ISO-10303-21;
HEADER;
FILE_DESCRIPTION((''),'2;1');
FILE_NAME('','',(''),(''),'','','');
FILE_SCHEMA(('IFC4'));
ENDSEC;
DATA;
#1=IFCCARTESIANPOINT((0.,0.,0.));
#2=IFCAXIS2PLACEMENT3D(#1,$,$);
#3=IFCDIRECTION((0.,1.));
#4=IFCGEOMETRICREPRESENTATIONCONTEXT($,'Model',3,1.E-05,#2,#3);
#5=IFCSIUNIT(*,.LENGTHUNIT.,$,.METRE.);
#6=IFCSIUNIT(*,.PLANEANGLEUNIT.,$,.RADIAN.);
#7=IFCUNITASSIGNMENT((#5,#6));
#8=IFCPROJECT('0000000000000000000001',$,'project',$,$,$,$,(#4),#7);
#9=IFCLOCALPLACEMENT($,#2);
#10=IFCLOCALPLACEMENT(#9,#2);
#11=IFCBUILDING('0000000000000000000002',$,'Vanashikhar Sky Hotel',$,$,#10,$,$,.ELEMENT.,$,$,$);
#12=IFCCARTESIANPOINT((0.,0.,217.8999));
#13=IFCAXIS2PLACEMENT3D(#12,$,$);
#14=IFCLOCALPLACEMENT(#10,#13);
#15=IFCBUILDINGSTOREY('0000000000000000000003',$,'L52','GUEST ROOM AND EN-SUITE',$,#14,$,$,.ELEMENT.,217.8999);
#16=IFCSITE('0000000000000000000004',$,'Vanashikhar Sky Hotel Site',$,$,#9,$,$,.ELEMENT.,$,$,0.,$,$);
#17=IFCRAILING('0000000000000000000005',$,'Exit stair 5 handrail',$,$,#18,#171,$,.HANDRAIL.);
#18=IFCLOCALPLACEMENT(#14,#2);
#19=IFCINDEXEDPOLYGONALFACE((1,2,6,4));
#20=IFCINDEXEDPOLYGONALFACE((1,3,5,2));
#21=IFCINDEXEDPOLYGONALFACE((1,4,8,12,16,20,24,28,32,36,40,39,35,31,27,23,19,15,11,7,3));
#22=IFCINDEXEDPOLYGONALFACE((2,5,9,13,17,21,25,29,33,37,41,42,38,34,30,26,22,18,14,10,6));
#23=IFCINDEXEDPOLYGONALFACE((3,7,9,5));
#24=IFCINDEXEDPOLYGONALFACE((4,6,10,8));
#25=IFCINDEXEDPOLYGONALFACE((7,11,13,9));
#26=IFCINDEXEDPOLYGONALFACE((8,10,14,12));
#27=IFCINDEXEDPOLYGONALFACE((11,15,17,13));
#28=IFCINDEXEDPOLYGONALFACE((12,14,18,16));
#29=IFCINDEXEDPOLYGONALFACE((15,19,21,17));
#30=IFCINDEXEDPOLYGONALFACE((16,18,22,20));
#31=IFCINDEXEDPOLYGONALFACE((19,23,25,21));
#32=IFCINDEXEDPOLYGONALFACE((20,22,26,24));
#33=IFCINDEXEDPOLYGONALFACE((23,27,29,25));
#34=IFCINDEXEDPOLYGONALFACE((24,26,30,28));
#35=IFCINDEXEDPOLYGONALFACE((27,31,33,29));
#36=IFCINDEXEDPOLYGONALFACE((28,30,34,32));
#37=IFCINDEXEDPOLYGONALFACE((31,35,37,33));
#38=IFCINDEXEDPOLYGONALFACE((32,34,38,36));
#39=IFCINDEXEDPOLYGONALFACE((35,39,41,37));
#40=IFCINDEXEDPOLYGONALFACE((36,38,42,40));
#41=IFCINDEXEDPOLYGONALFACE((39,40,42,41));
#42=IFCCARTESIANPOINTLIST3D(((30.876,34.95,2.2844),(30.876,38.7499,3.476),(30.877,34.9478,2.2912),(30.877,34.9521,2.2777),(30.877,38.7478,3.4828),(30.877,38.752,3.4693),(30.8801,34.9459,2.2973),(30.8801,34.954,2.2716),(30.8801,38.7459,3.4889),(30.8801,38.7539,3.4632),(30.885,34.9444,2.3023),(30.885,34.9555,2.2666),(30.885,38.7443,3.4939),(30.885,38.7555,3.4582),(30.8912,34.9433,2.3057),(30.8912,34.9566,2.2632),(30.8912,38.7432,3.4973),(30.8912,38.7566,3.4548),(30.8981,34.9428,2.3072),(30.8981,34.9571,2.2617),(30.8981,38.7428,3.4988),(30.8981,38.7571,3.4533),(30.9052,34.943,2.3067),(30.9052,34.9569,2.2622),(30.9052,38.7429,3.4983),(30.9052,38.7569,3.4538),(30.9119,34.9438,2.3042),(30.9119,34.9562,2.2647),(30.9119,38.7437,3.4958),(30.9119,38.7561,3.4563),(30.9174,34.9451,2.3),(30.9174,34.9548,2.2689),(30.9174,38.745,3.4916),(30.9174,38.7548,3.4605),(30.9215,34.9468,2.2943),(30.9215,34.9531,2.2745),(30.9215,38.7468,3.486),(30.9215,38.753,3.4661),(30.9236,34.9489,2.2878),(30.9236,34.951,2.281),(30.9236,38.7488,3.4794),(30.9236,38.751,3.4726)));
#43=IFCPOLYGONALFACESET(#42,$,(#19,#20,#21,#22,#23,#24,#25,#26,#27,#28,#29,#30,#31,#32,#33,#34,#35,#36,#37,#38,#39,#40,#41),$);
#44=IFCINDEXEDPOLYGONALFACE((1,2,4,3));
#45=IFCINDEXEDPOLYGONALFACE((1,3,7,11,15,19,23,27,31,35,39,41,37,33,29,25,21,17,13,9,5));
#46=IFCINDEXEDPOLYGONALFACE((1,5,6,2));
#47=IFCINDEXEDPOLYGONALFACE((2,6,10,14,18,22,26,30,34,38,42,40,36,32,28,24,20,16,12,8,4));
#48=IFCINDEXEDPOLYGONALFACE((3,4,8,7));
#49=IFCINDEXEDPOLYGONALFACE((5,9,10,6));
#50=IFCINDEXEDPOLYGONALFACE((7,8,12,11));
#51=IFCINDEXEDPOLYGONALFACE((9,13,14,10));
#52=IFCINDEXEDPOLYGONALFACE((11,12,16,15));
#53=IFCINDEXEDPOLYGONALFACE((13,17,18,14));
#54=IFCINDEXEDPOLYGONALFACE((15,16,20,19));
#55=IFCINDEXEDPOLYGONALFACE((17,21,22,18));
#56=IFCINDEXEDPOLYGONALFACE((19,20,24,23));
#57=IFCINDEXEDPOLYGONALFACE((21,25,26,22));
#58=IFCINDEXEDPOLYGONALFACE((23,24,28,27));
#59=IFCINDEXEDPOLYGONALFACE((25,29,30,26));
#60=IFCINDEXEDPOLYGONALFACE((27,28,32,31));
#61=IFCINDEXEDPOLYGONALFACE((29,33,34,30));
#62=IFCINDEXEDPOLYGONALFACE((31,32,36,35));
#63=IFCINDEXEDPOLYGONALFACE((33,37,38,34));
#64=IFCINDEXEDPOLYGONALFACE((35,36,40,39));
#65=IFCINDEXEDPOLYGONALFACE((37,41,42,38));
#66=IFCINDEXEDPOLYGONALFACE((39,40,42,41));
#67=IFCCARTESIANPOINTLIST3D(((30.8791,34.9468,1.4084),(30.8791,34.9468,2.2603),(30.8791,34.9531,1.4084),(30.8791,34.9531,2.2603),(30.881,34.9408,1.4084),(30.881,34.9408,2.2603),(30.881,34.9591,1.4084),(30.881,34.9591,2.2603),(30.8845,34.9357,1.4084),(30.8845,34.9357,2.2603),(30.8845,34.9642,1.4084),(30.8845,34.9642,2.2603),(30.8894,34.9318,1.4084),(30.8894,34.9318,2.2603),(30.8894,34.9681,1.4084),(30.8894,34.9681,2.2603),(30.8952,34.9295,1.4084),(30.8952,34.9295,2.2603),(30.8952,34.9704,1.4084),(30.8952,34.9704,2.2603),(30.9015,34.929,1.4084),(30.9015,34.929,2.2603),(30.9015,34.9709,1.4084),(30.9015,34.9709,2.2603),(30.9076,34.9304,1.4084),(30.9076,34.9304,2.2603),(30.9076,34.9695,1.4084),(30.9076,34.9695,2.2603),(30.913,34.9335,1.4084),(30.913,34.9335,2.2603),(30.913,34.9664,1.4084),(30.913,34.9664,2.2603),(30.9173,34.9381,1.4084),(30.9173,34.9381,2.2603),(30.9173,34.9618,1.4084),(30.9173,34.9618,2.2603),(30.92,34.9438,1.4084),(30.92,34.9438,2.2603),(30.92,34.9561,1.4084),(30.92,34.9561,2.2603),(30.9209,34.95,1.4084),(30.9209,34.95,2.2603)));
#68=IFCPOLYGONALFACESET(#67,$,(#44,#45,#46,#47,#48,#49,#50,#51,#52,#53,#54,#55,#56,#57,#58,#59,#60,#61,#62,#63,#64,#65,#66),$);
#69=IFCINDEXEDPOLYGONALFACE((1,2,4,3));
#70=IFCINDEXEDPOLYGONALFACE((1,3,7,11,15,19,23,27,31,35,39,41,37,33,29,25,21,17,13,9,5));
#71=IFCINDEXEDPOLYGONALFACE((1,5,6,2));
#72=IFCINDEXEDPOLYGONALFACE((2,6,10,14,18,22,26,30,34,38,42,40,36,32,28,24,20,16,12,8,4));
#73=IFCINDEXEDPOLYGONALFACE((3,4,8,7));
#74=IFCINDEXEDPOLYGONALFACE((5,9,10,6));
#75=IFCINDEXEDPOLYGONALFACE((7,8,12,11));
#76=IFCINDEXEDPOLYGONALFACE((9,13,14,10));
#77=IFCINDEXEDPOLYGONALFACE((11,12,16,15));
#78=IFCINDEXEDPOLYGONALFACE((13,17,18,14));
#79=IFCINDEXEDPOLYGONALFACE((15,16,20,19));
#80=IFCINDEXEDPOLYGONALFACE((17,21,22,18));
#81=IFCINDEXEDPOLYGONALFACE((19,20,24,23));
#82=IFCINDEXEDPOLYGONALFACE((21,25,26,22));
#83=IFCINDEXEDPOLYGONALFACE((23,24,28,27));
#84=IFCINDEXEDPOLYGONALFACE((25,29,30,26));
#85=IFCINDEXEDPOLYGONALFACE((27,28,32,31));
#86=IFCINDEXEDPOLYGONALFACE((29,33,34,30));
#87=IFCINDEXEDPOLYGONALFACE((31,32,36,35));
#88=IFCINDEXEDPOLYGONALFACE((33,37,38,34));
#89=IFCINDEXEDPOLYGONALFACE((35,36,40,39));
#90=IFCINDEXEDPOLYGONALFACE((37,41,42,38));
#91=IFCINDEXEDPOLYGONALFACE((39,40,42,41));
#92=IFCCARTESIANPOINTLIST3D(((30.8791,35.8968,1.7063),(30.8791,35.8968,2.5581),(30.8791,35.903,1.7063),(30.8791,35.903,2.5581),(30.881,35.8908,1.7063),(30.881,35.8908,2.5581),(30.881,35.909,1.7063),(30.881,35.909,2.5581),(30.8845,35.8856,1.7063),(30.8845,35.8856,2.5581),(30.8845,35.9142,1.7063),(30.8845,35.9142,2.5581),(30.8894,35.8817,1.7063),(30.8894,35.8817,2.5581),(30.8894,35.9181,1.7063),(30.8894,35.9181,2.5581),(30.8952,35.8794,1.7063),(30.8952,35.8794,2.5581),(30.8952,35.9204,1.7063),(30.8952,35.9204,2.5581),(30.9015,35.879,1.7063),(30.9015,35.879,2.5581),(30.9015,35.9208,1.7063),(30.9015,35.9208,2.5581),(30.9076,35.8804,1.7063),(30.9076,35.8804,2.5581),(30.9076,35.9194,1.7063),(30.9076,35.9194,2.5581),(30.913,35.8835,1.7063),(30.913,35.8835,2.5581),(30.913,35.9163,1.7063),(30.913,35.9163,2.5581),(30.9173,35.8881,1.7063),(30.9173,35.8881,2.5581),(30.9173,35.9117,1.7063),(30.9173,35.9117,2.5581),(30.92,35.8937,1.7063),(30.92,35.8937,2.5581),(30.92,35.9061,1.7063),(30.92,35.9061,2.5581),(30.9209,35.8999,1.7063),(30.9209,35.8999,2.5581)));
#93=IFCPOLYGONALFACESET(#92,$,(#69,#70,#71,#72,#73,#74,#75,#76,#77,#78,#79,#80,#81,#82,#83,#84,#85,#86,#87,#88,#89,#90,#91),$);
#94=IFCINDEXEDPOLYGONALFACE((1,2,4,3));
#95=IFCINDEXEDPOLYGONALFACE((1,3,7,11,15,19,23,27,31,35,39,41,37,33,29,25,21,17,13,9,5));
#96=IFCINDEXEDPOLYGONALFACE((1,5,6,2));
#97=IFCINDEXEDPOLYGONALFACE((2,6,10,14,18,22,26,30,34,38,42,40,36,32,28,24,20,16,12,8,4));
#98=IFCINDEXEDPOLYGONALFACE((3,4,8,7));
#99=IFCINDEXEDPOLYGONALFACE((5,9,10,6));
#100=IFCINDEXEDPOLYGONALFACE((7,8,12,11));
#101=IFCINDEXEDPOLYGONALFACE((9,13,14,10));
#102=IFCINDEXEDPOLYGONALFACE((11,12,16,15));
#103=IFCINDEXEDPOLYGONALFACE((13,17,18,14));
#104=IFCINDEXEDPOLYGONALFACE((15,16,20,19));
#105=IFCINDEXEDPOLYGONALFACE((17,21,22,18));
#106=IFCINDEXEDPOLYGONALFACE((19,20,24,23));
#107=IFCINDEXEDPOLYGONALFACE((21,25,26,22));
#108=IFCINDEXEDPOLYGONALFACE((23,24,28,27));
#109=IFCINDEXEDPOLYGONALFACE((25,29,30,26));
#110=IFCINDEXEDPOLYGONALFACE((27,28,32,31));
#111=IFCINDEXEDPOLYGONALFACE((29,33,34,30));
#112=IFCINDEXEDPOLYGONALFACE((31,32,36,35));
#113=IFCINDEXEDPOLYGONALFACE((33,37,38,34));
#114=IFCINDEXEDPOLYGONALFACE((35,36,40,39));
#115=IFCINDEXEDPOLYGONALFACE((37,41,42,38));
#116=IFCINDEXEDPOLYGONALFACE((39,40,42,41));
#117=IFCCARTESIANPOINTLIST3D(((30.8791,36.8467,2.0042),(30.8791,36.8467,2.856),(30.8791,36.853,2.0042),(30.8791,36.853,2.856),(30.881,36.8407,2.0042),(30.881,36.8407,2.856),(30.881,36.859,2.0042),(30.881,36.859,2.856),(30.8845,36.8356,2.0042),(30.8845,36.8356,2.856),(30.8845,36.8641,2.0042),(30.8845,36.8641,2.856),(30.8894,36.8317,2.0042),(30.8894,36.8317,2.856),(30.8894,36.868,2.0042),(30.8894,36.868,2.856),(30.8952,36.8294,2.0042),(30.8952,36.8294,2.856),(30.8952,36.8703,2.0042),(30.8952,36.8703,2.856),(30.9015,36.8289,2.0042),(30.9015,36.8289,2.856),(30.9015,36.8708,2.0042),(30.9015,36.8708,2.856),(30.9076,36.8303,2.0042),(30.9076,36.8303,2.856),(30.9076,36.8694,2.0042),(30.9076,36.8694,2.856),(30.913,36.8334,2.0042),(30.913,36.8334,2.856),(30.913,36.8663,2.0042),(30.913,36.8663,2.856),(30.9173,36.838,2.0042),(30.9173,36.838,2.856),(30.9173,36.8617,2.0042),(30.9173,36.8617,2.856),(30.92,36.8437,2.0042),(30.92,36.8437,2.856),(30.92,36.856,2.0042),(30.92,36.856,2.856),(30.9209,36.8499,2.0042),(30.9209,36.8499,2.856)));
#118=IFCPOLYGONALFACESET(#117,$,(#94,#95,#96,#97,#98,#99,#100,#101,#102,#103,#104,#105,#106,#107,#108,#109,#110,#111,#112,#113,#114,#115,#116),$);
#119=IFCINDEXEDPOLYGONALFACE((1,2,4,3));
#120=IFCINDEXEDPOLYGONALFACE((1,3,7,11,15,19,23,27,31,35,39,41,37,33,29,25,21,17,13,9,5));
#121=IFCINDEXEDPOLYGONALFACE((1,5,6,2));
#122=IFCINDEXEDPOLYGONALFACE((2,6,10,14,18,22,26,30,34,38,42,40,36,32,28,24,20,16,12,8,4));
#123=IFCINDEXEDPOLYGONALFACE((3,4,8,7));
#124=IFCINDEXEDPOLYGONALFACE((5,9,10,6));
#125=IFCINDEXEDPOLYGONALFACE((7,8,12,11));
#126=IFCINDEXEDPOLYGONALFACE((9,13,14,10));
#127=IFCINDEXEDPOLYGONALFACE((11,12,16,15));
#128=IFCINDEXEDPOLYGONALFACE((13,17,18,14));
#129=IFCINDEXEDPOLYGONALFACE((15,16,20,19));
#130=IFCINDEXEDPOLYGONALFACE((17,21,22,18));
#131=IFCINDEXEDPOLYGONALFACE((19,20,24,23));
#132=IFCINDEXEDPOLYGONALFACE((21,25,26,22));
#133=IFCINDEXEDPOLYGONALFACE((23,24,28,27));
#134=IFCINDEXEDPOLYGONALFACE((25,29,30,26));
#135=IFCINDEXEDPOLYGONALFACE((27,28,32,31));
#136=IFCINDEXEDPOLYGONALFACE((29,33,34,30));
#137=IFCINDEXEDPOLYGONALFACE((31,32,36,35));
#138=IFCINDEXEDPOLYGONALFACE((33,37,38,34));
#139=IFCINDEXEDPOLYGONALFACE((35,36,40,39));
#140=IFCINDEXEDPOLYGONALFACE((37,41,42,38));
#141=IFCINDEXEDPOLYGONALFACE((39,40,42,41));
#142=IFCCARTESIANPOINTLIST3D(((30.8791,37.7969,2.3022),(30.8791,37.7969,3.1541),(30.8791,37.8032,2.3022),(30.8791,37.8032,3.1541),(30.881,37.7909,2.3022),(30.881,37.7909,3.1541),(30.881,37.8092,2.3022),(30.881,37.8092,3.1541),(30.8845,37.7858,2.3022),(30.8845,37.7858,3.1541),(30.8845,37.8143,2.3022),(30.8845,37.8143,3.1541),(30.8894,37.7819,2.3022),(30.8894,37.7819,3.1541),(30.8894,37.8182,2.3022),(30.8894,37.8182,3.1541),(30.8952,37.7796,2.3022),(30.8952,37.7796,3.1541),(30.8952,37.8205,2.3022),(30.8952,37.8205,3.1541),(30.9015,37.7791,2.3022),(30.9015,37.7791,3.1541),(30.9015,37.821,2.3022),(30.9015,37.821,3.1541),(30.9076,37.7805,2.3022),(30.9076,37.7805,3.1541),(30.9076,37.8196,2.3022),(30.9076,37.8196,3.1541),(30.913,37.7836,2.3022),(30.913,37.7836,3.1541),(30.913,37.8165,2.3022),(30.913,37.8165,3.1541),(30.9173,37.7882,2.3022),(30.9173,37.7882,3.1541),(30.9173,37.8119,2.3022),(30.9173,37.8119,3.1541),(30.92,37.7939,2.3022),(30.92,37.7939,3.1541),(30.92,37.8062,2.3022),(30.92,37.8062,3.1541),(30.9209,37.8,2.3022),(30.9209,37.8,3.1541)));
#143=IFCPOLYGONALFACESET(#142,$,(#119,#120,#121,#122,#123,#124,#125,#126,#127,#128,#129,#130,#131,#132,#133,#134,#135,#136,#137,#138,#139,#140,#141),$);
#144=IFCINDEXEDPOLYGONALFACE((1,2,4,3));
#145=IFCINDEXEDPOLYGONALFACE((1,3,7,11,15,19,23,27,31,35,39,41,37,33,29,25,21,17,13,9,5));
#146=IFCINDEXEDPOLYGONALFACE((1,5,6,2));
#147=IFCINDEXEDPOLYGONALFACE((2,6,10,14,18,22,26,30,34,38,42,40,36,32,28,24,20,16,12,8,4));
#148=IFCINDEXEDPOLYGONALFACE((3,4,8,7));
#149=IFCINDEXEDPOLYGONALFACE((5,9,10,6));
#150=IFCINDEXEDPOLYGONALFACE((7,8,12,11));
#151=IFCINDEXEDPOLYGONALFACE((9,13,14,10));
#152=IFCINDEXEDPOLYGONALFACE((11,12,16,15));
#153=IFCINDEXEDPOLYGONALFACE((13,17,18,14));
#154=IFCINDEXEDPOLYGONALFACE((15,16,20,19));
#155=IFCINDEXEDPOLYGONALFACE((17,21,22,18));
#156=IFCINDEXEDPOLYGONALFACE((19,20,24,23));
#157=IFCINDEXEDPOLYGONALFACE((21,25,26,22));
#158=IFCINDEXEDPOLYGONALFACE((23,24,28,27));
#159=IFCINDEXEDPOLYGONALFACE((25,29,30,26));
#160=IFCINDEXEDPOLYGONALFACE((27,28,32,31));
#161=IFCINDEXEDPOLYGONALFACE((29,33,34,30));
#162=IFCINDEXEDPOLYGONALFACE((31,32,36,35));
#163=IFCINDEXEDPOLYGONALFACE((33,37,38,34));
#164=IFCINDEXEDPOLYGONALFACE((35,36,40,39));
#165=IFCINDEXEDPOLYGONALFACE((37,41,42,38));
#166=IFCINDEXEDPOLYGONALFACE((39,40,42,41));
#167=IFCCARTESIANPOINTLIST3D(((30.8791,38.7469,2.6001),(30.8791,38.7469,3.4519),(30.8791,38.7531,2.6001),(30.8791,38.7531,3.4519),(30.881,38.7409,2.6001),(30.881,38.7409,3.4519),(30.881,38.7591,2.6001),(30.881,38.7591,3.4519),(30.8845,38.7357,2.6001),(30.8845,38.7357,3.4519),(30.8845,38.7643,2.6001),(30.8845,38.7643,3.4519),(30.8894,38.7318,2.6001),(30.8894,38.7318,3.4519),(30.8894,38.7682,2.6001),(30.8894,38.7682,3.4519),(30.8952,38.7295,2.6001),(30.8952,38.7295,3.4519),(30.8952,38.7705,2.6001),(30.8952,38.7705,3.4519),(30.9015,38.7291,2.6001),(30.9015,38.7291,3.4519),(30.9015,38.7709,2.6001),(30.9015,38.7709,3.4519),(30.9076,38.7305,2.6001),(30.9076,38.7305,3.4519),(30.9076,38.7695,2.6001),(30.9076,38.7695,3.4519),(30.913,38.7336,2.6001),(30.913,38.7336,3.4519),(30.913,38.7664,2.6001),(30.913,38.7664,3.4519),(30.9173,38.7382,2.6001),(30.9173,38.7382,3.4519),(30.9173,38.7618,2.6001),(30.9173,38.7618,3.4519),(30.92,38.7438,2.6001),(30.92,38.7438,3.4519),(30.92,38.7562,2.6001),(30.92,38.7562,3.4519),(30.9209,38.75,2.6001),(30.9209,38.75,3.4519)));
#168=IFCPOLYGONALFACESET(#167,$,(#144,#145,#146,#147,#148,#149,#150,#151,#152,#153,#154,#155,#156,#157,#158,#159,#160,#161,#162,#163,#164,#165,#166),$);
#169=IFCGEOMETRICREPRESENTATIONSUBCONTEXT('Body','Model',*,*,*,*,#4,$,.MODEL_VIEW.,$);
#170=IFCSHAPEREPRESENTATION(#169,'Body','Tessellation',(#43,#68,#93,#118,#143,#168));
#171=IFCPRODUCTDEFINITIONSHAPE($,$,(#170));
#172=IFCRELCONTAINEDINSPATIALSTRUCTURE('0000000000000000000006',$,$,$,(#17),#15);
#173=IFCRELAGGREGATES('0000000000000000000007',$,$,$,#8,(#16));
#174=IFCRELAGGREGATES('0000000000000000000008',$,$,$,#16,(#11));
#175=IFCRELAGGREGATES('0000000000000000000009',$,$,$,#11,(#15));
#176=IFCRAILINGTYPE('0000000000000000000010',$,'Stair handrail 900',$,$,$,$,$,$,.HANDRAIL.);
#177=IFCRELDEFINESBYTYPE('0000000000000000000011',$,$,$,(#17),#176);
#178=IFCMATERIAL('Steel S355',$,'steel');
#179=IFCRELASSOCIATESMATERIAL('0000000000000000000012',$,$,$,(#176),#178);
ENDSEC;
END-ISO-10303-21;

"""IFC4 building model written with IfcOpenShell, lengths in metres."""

from ifc_helpers import new_model, si_unit, direction, frame, origin, origin_2d, place, context, subcontext, project, spatial, circle, extrude, source, transform, mapped, material, type_object, element, save


model = new_model("IFC4")

# Units and contexts
model_context = context("Model", 3, precision=1e-05, world=origin(), true_north=direction((0.0, 1.0)))
body_context = subcontext(model_context, "Body", "Model", "MODEL_VIEW")
ifc_project = project(units=[si_unit("LENGTHUNIT", "METRE"), si_unit("PLANEANGLEUNIT", "RADIAN")], contexts=[model_context])

# Site, building, storey
site_placement = place(None, origin())
site = spatial("IfcSite", under=ifc_project, at=site_placement, Name="Vanashikhar Sky Hotel Site", CompositionType="ELEMENT", RefElevation=0.0)
building_placement = place(site_placement, origin())
building = spatial("IfcBuilding", under=site, at=building_placement, Name="Vanashikhar Sky Hotel", CompositionType="ELEMENT")
storey_placement = place(building_placement, frame((0.0, 0.0, 217.8999)))
storey = spatial("IfcBuildingStorey", under=building, at=storey_placement, Name="L52", Description="GUEST ROOM AND EN-SUITE", CompositionType="ELEMENT", Elevation=217.8999)

# Railing
ifc_material_1 = material(Name="Steel S355", Category="steel")
railing_type = type_object("IfcRailingType", Name="Stair handrail 900", PredefinedType="HANDRAIL", material=ifc_material_1)
shared_shape_1 = source(origin(), body_context, "Body", "SweptSolid", [
    extrude(circle(Radius=0.0239, at=origin_2d()), frame((0.0, 0.0, 0.876), z_axis=(0.0, 0.954184, 0.299221), x_axis=(-1.0, 0.0, 0.0)), (0.0, 0.0, 1.0), 3.9824),
    extrude(circle(Radius=0.021, at=origin_2d()), origin(), (0.0, 0.0, 1.0), 0.8518),
    extrude(circle(Radius=0.021, at=origin_2d()), frame((0.0, 0.95, 0.2979)), (0.0, 0.0, 1.0), 0.8518),
    extrude(circle(Radius=0.021, at=origin_2d()), frame((0.0, 1.8999, 0.5957)), (0.0, 0.0, 1.0), 0.8518),
    extrude(circle(Radius=0.021, at=origin_2d()), frame((0.0, 2.8501, 0.8938)), (0.0, 0.0, 1.0), 0.8518),
    extrude(circle(Radius=0.021, at=origin_2d()), frame((0.0, 3.8, 1.1917)), (0.0, 0.0, 1.0), 0.8518),
])
for number, where, name in (
    (1, (30.8999, 34.95, 1.4084), "Exit stair 5 handrail"),
):
    element("IfcRailing", number, at=place(storey_placement, frame(where)), inside=storey, type_object=railing_type, Name=name, PredefinedType="HANDRAIL", context=body_context, shape_type="MappedRepresentation", body=[
        mapped(shared_shape_1, transform((0.0, 0.0, 0.0), scale=1.0)),
    ])

save(model, "model.ifc")
